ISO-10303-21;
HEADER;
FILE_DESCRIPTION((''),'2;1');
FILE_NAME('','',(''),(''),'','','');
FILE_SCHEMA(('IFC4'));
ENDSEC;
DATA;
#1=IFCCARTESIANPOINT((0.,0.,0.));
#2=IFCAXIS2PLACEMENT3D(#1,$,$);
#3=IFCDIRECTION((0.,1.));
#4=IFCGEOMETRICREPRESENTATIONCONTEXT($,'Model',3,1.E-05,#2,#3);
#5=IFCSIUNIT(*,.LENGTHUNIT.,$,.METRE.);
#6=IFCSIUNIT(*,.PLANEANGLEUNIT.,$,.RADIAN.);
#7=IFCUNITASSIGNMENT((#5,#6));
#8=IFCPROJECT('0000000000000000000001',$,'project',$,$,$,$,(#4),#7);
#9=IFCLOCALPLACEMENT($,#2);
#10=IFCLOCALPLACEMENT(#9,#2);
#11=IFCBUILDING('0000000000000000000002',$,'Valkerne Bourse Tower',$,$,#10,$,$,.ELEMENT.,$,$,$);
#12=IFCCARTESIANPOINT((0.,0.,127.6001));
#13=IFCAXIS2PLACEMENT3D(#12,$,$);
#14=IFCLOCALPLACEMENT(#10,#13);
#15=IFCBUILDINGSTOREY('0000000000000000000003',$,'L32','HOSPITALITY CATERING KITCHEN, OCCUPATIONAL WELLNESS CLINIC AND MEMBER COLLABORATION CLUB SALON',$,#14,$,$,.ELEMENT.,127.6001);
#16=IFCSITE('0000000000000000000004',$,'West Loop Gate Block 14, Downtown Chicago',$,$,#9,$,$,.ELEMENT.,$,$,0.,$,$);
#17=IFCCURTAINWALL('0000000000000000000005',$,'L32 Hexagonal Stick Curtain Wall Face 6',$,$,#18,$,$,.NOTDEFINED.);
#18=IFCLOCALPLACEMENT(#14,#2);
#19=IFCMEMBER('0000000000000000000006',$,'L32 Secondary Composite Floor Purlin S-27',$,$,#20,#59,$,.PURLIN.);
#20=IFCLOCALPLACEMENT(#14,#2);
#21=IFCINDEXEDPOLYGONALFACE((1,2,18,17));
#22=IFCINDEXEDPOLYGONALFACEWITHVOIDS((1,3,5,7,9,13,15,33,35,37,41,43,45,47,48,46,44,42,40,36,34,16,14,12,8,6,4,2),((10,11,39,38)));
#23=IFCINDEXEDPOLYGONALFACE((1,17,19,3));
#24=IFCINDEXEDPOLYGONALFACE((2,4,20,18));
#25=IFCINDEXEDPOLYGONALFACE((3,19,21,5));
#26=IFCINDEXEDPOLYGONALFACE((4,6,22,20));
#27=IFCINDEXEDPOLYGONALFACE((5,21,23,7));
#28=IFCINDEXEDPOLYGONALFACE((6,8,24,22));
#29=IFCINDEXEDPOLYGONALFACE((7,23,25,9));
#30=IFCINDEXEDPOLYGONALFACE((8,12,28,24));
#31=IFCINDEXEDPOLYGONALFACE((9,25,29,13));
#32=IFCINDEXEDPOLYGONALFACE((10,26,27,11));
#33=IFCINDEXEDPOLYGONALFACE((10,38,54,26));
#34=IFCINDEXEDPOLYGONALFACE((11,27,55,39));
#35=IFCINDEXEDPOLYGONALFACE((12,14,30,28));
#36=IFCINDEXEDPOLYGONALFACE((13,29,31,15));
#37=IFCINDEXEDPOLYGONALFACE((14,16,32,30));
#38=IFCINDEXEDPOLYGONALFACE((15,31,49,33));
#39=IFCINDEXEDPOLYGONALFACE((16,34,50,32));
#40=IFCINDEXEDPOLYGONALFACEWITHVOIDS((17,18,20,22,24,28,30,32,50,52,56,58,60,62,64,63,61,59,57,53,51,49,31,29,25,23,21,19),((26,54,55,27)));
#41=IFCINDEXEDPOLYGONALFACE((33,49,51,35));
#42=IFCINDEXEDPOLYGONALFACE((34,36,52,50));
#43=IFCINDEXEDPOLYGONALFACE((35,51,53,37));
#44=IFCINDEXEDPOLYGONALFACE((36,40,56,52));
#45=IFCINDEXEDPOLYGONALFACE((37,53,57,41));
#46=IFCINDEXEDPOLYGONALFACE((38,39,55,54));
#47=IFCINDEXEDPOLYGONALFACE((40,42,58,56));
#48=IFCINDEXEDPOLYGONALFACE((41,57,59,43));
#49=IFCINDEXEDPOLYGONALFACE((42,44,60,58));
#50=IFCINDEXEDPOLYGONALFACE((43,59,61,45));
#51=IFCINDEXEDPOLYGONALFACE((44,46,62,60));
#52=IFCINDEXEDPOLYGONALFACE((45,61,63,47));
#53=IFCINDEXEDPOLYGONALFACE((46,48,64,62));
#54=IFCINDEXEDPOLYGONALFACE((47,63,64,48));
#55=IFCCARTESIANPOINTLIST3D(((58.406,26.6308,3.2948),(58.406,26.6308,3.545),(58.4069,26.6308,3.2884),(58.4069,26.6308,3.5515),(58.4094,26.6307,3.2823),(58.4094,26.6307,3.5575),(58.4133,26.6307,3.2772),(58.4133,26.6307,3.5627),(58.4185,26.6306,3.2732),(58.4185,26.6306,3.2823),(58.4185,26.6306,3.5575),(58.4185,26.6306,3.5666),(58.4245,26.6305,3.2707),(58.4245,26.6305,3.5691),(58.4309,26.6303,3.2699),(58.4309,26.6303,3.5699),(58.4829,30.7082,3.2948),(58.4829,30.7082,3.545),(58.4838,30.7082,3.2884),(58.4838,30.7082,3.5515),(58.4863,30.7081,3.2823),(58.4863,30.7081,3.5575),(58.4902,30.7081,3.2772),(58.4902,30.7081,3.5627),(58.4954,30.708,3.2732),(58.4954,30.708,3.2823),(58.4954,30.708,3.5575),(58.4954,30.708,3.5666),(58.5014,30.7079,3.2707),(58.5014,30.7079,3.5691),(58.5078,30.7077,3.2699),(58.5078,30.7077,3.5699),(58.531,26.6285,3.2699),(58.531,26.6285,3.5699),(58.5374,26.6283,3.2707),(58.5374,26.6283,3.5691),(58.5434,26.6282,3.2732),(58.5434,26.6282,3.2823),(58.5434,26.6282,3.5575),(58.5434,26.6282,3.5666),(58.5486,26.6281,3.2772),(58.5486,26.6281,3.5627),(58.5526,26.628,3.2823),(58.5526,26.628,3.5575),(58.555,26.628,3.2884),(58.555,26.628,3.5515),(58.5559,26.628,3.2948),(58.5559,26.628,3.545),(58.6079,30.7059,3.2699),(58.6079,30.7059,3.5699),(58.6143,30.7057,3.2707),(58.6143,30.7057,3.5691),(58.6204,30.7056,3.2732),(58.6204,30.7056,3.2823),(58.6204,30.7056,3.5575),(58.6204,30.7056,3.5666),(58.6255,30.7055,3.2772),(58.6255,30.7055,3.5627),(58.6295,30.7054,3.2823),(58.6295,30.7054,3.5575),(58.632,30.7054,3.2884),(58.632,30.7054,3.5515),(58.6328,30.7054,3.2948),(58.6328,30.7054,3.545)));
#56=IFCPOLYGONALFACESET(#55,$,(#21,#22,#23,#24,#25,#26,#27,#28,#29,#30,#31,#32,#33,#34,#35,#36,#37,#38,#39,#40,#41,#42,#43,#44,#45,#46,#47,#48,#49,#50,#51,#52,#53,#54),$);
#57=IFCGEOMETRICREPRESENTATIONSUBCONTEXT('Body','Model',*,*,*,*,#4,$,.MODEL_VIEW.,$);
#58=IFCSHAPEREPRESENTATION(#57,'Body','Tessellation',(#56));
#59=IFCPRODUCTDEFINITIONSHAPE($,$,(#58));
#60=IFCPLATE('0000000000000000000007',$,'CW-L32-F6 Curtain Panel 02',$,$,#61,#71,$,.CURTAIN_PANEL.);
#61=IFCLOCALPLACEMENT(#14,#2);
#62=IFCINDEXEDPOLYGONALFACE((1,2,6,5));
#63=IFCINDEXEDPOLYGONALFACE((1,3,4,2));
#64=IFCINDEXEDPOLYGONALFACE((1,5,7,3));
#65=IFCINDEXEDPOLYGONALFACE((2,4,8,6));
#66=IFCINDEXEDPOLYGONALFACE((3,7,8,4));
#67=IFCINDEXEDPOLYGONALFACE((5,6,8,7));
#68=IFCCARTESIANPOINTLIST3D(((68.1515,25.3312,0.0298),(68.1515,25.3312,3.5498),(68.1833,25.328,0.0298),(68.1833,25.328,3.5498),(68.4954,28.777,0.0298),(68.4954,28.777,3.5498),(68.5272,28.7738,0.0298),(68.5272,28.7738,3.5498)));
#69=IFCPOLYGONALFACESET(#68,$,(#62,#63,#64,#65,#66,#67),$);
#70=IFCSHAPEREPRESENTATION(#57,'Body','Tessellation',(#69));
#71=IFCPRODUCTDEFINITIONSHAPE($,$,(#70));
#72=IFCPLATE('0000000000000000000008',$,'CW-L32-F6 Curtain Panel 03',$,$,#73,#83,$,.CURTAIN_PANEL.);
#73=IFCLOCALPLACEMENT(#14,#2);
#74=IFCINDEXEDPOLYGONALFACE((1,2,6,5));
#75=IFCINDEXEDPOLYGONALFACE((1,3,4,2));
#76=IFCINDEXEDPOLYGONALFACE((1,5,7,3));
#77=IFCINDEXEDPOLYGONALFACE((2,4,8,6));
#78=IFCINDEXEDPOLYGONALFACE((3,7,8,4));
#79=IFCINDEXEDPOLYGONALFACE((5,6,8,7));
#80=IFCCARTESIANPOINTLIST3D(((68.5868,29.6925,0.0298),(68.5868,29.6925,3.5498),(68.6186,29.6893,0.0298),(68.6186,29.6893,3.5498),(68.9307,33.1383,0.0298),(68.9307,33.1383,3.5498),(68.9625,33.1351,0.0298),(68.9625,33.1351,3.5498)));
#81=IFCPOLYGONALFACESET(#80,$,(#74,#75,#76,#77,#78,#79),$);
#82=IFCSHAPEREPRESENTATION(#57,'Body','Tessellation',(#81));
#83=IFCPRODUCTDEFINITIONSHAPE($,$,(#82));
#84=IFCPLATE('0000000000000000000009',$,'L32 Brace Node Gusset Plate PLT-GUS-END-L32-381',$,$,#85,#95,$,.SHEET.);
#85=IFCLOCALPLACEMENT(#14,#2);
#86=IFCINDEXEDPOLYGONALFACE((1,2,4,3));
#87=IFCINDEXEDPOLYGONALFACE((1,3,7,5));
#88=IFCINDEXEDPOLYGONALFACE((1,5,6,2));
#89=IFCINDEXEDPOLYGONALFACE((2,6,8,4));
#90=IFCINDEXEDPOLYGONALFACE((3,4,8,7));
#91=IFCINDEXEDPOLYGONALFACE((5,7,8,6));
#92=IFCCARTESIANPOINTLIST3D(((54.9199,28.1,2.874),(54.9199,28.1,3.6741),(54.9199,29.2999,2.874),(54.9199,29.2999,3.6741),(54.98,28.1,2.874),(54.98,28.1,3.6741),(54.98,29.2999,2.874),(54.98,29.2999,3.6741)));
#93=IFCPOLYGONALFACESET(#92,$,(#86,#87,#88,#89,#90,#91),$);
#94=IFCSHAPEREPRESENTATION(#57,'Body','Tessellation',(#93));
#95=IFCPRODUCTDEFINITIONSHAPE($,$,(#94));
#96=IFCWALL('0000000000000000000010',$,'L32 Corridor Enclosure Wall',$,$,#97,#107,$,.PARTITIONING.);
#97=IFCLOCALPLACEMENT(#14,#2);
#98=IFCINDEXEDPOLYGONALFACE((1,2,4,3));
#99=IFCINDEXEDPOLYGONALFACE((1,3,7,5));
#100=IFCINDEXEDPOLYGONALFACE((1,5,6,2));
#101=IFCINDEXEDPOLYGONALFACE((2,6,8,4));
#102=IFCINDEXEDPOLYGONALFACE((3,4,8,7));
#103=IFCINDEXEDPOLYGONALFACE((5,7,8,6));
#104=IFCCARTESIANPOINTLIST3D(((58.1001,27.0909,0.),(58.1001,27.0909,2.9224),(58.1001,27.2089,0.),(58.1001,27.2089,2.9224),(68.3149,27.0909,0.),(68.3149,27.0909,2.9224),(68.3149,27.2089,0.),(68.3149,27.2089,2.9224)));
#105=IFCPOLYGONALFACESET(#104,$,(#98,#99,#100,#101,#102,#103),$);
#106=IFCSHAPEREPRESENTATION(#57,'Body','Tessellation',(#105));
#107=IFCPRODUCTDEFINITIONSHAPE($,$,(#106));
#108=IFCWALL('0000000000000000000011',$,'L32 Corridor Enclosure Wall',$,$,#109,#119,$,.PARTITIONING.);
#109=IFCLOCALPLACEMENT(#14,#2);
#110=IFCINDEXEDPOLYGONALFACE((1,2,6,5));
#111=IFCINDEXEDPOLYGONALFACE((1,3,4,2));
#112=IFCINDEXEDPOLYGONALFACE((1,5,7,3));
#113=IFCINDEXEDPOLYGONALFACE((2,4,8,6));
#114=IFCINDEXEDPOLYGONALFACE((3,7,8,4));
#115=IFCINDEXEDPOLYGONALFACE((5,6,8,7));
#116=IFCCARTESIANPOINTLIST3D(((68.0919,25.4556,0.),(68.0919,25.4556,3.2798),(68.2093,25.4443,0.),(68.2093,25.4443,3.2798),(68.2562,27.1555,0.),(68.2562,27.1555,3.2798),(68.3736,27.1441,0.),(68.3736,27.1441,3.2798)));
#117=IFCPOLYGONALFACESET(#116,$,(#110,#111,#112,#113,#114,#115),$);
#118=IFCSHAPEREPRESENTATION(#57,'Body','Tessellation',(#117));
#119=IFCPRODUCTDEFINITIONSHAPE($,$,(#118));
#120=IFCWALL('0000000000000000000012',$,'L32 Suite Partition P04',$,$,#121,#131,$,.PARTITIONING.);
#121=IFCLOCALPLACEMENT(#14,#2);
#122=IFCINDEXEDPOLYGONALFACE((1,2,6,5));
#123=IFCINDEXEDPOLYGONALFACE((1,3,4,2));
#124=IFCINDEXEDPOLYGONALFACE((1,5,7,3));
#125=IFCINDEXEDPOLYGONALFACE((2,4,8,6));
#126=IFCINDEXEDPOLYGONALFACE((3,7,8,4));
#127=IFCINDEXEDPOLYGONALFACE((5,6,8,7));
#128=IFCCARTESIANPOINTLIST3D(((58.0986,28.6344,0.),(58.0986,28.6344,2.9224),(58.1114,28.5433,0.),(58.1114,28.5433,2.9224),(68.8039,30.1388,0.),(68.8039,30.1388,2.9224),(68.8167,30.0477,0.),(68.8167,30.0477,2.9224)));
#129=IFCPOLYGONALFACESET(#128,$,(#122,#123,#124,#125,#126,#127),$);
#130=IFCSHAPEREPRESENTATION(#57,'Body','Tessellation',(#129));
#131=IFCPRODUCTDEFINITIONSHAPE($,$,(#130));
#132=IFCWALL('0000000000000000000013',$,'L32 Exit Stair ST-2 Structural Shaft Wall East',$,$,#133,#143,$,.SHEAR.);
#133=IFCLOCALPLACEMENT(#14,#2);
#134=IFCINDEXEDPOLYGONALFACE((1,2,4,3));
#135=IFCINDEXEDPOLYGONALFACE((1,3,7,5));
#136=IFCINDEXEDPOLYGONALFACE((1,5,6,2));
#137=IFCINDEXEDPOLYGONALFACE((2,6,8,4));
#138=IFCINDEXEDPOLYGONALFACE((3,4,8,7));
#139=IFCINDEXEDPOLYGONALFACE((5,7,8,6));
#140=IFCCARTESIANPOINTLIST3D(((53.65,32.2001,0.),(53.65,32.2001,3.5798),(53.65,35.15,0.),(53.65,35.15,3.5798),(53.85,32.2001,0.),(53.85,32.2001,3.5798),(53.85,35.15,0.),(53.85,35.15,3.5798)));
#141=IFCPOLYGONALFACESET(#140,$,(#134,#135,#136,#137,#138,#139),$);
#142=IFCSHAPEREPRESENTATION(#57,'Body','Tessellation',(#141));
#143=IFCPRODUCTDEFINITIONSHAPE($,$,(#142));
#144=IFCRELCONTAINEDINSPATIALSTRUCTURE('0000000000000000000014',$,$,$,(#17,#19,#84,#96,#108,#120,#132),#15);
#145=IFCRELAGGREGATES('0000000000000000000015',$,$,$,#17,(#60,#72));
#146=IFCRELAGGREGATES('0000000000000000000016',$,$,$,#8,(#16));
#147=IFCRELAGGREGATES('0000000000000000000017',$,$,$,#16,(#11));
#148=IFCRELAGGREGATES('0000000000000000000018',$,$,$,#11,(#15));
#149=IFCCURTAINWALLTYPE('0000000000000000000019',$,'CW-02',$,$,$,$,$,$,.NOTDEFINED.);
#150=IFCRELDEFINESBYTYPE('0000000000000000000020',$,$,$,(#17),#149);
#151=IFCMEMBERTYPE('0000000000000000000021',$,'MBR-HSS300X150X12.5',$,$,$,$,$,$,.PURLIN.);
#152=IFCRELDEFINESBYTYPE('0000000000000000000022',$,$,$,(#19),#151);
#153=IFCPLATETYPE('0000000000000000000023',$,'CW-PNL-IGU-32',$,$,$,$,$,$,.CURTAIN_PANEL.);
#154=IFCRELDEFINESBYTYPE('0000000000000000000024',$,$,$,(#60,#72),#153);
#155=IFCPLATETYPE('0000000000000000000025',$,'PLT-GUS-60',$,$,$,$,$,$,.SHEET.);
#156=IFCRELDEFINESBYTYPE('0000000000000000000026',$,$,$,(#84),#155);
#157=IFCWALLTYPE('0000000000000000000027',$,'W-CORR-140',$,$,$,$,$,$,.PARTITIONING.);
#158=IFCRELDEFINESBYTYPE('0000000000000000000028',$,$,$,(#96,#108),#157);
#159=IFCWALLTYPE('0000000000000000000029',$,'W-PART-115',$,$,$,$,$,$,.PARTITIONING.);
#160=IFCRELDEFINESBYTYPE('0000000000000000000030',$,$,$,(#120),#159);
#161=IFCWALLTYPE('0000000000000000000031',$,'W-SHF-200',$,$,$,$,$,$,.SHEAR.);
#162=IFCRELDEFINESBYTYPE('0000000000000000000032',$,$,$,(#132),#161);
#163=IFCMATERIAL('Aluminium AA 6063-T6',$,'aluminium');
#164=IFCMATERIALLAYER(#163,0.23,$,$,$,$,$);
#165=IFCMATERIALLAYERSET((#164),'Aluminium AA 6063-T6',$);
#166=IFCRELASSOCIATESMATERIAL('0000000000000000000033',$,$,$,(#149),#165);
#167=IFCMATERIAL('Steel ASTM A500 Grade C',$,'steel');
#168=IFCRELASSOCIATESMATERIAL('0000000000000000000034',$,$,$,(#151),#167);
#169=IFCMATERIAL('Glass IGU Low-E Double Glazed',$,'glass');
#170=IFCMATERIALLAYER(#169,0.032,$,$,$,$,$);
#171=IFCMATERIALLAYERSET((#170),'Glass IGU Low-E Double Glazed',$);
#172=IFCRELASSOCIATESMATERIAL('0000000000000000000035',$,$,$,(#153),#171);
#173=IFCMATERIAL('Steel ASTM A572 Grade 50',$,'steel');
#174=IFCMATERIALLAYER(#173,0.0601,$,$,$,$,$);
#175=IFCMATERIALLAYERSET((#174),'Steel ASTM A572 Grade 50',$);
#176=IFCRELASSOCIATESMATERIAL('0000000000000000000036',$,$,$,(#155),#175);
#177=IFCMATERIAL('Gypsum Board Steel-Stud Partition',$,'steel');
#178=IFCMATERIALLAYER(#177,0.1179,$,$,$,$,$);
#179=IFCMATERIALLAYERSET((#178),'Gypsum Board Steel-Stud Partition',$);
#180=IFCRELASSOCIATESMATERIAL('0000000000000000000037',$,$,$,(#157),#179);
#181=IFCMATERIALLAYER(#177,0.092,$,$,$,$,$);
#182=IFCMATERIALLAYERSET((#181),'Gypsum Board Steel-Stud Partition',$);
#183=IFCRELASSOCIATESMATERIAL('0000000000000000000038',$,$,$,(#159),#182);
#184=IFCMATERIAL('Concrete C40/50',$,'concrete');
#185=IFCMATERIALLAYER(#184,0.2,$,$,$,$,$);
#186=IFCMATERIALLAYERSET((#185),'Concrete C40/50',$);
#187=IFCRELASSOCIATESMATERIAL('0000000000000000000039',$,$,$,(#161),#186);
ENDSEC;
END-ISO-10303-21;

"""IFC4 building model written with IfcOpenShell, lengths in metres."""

from ifc_helpers import new_model, si_unit, direction, frame, frame_2d, origin, origin_2d, place, context, subcontext, project, spatial, rectangle, hollow_rectangle, extrude, material, layer, layer_set, material_profile, profile_set, type_object, element, aggregate, save


model = new_model("IFC4")

# Units and contexts
model_context = context("Model", 3, precision=1e-05, world=origin(), true_north=direction((0.0, 1.0)))
body_context = subcontext(model_context, "Body", "Model", "MODEL_VIEW")
ifc_project = project(units=[si_unit("LENGTHUNIT", "METRE"), si_unit("PLANEANGLEUNIT", "RADIAN")], contexts=[model_context])

# Site, building, storey
site_placement = place(None, origin())
site = spatial("IfcSite", under=ifc_project, at=site_placement, Name="West Loop Gate Block 14, Downtown Chicago", CompositionType="ELEMENT", RefElevation=0.0)
building_placement = place(site_placement, origin())
building = spatial("IfcBuilding", under=site, at=building_placement, Name="Valkerne Bourse Tower", CompositionType="ELEMENT")
storey_placement = place(building_placement, frame((0.0, 0.0, 127.6001)))
storey = spatial("IfcBuildingStorey", under=building, at=storey_placement, Name="L32", Description="HOSPITALITY CATERING KITCHEN, OCCUPATIONAL WELLNESS CLINIC AND MEMBER COLLABORATION CLUB SALON", CompositionType="ELEMENT", Elevation=127.6001)

# Curtain wall
ifc_material_1 = material(Name="Aluminium AA 6063-T6", Category="aluminium")
ifc_layer_1 = layer(ifc_material_1, 0.23)
ifc_layer_set_1 = layer_set([ifc_layer_1], Name="Aluminium AA 6063-T6")
curtain_wall_type = type_object("IfcCurtainWallType", Name="CW-02", PredefinedType="NOTDEFINED", material=ifc_layer_set_1)
curtain_wall_placement = place(storey_placement, origin())
curtain_wall = element("IfcCurtainWall", 1, at=curtain_wall_placement, inside=storey, type_object=curtain_wall_type, Name="L32 Hexagonal Stick Curtain Wall Face 6", PredefinedType="NOTDEFINED")

# Member
ifc_material_2 = material(Name="Steel ASTM A500 Grade C", Category="steel")
ifc_material_profile_1 = material_profile(ifc_material_2, hollow_rectangle(XDim=0.1499, YDim=0.3, WallThickness=0.0125, OuterFilletRadius=0.0249, at=origin_2d()), Name="HSS300X150X12.5")
ifc_profile_set_1 = profile_set([ifc_material_profile_1], Name="Steel ASTM A500 Grade C")
member_type_1 = type_object("IfcMemberType", Name="MBR-HSS300X150X12.5", PredefinedType="PURLIN", material=ifc_profile_set_1)
member_1_placement = place(storey_placement, frame((58.481, 26.6294, 3.4199), z_axis=(0.018858, 0.999822, 0.0), x_axis=(-0.999822, 0.018858, 0.0)))
element("IfcMember", 2, at=member_1_placement, inside=storey, type_object=member_type_1, Name="L32 Secondary Composite Floor Purlin S-27", PredefinedType="PURLIN", context=body_context, shape_type="SweptSolid", body=[
    extrude(hollow_rectangle(XDim=0.1499, YDim=0.3, WallThickness=0.0125, OuterFilletRadius=0.0249, at=origin_2d()), origin(), (0.0, 0.0, 1.0), 4.0781),
])

# Plates
ifc_material_3 = material(Name="Glass IGU Low-E Double Glazed", Category="glass")
ifc_layer_2 = layer(ifc_material_3, 0.032)
ifc_layer_set_2 = layer_set([ifc_layer_2], Name="Glass IGU Low-E Double Glazed")
plate_type_1 = type_object("IfcPlateType", Name="CW-PNL-IGU-32", PredefinedType="CURTAIN_PANEL", material=ifc_layer_set_2)
plate_1_placement = place(storey_placement, frame((68.3394, 27.0525, 0.0298), z_axis=(0.0, 0.0, 1.0), x_axis=(0.099316, 0.995056, 0.0)))
plate_1 = element("IfcPlate", 3, at=plate_1_placement, type_object=plate_type_1, Name="CW-L32-F6 Curtain Panel 02", PredefinedType="CURTAIN_PANEL", context=body_context, shape_type="SweptSolid", body=[
    extrude(rectangle(XDim=3.4629, YDim=0.032, at=origin_2d()), origin(), (0.0, 0.0, 1.0), 3.52),
])
plate_2_placement = place(storey_placement, frame((68.7747, 31.4138, 0.0298), z_axis=(0.0, 0.0, 1.0), x_axis=(0.099316, 0.995056, 0.0)))
plate_2 = element("IfcPlate", 4, at=plate_2_placement, type_object=plate_type_1, Name="CW-L32-F6 Curtain Panel 03", PredefinedType="CURTAIN_PANEL", context=body_context, shape_type="SweptSolid", body=[
    extrude(rectangle(XDim=3.4629, YDim=0.032, at=origin_2d()), origin(), (0.0, 0.0, 1.0), 3.52),
])
aggregate(curtain_wall, [plate_1, plate_2])
ifc_material_4 = material(Name="Steel ASTM A572 Grade 50", Category="steel")
ifc_layer_3 = layer(ifc_material_4, 0.0601)
ifc_layer_set_3 = layer_set([ifc_layer_3], Name="Steel ASTM A572 Grade 50")
plate_type_2 = type_object("IfcPlateType", Name="PLT-GUS-60", PredefinedType="SHEET", material=ifc_layer_set_3)
plate_3_placement = place(storey_placement, frame((54.95, 28.7, 2.874), z_axis=(0.0, 0.0, 1.0), x_axis=(0.0, 1.0, 0.0)))
element("IfcPlate", 5, at=plate_3_placement, inside=storey, type_object=plate_type_2, Name="L32 Brace Node Gusset Plate PLT-GUS-END-L32-381", PredefinedType="SHEET", context=body_context, shape_type="SweptSolid", body=[
    extrude(rectangle(XDim=1.2, YDim=0.0601, at=origin_2d()), origin(), (0.0, 0.0, 1.0), 0.8),
])

# Walls
ifc_material_5 = material(Name="Gypsum Board Steel-Stud Partition", Category="steel")
ifc_layer_4 = layer(ifc_material_5, 0.1179)
ifc_layer_set_4 = layer_set([ifc_layer_4], Name="Gypsum Board Steel-Stud Partition")
wall_type_1 = type_object("IfcWallType", Name="W-CORR-140", PredefinedType="PARTITIONING", material=ifc_layer_set_4)
wall_1_placement = place(storey_placement, frame((58.1001, 27.1499, 0.0), z_axis=(0.0, 0.0, 1.0), x_axis=(1.0, 0.0, 0.0)))
element("IfcWall", 6, at=wall_1_placement, inside=storey, type_object=wall_type_1, Name="L32 Corridor Enclosure Wall", PredefinedType="PARTITIONING", context=body_context, shape_type="SweptSolid", body=[
    extrude(rectangle(XDim=10.2148, YDim=0.1179, at=frame_2d((5.1074, 0.0))), origin(), (0.0, 0.0, 1.0), 2.9224),
])
wall_2_placement = place(storey_placement, frame((68.3149, 27.1499, 0.0), z_axis=(0.0, 0.0, 1.0), x_axis=(-0.096205, -0.995362, 0.0)))
element("IfcWall", 7, at=wall_2_placement, inside=storey, type_object=wall_type_1, Name="L32 Corridor Enclosure Wall", PredefinedType="PARTITIONING", context=body_context, shape_type="SweptSolid", body=[
    extrude(rectangle(XDim=1.7078, YDim=0.1179, at=frame_2d((0.854, 0.0))), origin(), (0.0, 0.0, 1.0), 3.2798),
])
ifc_layer_5 = layer(ifc_material_5, 0.092)
ifc_layer_set_5 = layer_set([ifc_layer_5], Name="Gypsum Board Steel-Stud Partition")
wall_type_2 = type_object("IfcWallType", Name="W-PART-115", PredefinedType="PARTITIONING", material=ifc_layer_set_5)
wall_3_placement = place(storey_placement, frame((58.105, 28.5889, 0.0), z_axis=(0.0, 0.0, 1.0), x_axis=(0.99027, 0.13916, 0.0)))
element("IfcWall", 8, at=wall_3_placement, inside=storey, type_object=wall_type_2, Name="L32 Suite Partition P04", PredefinedType="PARTITIONING", context=body_context, shape_type="SweptSolid", body=[
    extrude(rectangle(XDim=10.8105, YDim=0.092, at=frame_2d((5.4053, 0.0))), origin(), (0.0, 0.0, 1.0), 2.9224),
])
ifc_material_6 = material(Name="Concrete C40/50", Category="concrete")
ifc_layer_6 = layer(ifc_material_6, 0.2)
ifc_layer_set_6 = layer_set([ifc_layer_6], Name="Concrete C40/50")
wall_type_3 = type_object("IfcWallType", Name="W-SHF-200", PredefinedType="SHEAR", material=ifc_layer_set_6)
wall_4_placement = place(storey_placement, frame((53.75, 32.2, 0.0), z_axis=(0.0, 0.0, 1.0), x_axis=(0.0, 1.0, 0.0)))
element("IfcWall", 9, at=wall_4_placement, inside=storey, type_object=wall_type_3, Name="L32 Exit Stair ST-2 Structural Shaft Wall East", PredefinedType="SHEAR", context=body_context, shape_type="SweptSolid", body=[
    extrude(rectangle(XDim=2.95, YDim=0.2, at=frame_2d((1.4751, 0.0))), origin(), (0.0, 0.0, 1.0), 3.5798),
])

save(model, "model.ifc")
